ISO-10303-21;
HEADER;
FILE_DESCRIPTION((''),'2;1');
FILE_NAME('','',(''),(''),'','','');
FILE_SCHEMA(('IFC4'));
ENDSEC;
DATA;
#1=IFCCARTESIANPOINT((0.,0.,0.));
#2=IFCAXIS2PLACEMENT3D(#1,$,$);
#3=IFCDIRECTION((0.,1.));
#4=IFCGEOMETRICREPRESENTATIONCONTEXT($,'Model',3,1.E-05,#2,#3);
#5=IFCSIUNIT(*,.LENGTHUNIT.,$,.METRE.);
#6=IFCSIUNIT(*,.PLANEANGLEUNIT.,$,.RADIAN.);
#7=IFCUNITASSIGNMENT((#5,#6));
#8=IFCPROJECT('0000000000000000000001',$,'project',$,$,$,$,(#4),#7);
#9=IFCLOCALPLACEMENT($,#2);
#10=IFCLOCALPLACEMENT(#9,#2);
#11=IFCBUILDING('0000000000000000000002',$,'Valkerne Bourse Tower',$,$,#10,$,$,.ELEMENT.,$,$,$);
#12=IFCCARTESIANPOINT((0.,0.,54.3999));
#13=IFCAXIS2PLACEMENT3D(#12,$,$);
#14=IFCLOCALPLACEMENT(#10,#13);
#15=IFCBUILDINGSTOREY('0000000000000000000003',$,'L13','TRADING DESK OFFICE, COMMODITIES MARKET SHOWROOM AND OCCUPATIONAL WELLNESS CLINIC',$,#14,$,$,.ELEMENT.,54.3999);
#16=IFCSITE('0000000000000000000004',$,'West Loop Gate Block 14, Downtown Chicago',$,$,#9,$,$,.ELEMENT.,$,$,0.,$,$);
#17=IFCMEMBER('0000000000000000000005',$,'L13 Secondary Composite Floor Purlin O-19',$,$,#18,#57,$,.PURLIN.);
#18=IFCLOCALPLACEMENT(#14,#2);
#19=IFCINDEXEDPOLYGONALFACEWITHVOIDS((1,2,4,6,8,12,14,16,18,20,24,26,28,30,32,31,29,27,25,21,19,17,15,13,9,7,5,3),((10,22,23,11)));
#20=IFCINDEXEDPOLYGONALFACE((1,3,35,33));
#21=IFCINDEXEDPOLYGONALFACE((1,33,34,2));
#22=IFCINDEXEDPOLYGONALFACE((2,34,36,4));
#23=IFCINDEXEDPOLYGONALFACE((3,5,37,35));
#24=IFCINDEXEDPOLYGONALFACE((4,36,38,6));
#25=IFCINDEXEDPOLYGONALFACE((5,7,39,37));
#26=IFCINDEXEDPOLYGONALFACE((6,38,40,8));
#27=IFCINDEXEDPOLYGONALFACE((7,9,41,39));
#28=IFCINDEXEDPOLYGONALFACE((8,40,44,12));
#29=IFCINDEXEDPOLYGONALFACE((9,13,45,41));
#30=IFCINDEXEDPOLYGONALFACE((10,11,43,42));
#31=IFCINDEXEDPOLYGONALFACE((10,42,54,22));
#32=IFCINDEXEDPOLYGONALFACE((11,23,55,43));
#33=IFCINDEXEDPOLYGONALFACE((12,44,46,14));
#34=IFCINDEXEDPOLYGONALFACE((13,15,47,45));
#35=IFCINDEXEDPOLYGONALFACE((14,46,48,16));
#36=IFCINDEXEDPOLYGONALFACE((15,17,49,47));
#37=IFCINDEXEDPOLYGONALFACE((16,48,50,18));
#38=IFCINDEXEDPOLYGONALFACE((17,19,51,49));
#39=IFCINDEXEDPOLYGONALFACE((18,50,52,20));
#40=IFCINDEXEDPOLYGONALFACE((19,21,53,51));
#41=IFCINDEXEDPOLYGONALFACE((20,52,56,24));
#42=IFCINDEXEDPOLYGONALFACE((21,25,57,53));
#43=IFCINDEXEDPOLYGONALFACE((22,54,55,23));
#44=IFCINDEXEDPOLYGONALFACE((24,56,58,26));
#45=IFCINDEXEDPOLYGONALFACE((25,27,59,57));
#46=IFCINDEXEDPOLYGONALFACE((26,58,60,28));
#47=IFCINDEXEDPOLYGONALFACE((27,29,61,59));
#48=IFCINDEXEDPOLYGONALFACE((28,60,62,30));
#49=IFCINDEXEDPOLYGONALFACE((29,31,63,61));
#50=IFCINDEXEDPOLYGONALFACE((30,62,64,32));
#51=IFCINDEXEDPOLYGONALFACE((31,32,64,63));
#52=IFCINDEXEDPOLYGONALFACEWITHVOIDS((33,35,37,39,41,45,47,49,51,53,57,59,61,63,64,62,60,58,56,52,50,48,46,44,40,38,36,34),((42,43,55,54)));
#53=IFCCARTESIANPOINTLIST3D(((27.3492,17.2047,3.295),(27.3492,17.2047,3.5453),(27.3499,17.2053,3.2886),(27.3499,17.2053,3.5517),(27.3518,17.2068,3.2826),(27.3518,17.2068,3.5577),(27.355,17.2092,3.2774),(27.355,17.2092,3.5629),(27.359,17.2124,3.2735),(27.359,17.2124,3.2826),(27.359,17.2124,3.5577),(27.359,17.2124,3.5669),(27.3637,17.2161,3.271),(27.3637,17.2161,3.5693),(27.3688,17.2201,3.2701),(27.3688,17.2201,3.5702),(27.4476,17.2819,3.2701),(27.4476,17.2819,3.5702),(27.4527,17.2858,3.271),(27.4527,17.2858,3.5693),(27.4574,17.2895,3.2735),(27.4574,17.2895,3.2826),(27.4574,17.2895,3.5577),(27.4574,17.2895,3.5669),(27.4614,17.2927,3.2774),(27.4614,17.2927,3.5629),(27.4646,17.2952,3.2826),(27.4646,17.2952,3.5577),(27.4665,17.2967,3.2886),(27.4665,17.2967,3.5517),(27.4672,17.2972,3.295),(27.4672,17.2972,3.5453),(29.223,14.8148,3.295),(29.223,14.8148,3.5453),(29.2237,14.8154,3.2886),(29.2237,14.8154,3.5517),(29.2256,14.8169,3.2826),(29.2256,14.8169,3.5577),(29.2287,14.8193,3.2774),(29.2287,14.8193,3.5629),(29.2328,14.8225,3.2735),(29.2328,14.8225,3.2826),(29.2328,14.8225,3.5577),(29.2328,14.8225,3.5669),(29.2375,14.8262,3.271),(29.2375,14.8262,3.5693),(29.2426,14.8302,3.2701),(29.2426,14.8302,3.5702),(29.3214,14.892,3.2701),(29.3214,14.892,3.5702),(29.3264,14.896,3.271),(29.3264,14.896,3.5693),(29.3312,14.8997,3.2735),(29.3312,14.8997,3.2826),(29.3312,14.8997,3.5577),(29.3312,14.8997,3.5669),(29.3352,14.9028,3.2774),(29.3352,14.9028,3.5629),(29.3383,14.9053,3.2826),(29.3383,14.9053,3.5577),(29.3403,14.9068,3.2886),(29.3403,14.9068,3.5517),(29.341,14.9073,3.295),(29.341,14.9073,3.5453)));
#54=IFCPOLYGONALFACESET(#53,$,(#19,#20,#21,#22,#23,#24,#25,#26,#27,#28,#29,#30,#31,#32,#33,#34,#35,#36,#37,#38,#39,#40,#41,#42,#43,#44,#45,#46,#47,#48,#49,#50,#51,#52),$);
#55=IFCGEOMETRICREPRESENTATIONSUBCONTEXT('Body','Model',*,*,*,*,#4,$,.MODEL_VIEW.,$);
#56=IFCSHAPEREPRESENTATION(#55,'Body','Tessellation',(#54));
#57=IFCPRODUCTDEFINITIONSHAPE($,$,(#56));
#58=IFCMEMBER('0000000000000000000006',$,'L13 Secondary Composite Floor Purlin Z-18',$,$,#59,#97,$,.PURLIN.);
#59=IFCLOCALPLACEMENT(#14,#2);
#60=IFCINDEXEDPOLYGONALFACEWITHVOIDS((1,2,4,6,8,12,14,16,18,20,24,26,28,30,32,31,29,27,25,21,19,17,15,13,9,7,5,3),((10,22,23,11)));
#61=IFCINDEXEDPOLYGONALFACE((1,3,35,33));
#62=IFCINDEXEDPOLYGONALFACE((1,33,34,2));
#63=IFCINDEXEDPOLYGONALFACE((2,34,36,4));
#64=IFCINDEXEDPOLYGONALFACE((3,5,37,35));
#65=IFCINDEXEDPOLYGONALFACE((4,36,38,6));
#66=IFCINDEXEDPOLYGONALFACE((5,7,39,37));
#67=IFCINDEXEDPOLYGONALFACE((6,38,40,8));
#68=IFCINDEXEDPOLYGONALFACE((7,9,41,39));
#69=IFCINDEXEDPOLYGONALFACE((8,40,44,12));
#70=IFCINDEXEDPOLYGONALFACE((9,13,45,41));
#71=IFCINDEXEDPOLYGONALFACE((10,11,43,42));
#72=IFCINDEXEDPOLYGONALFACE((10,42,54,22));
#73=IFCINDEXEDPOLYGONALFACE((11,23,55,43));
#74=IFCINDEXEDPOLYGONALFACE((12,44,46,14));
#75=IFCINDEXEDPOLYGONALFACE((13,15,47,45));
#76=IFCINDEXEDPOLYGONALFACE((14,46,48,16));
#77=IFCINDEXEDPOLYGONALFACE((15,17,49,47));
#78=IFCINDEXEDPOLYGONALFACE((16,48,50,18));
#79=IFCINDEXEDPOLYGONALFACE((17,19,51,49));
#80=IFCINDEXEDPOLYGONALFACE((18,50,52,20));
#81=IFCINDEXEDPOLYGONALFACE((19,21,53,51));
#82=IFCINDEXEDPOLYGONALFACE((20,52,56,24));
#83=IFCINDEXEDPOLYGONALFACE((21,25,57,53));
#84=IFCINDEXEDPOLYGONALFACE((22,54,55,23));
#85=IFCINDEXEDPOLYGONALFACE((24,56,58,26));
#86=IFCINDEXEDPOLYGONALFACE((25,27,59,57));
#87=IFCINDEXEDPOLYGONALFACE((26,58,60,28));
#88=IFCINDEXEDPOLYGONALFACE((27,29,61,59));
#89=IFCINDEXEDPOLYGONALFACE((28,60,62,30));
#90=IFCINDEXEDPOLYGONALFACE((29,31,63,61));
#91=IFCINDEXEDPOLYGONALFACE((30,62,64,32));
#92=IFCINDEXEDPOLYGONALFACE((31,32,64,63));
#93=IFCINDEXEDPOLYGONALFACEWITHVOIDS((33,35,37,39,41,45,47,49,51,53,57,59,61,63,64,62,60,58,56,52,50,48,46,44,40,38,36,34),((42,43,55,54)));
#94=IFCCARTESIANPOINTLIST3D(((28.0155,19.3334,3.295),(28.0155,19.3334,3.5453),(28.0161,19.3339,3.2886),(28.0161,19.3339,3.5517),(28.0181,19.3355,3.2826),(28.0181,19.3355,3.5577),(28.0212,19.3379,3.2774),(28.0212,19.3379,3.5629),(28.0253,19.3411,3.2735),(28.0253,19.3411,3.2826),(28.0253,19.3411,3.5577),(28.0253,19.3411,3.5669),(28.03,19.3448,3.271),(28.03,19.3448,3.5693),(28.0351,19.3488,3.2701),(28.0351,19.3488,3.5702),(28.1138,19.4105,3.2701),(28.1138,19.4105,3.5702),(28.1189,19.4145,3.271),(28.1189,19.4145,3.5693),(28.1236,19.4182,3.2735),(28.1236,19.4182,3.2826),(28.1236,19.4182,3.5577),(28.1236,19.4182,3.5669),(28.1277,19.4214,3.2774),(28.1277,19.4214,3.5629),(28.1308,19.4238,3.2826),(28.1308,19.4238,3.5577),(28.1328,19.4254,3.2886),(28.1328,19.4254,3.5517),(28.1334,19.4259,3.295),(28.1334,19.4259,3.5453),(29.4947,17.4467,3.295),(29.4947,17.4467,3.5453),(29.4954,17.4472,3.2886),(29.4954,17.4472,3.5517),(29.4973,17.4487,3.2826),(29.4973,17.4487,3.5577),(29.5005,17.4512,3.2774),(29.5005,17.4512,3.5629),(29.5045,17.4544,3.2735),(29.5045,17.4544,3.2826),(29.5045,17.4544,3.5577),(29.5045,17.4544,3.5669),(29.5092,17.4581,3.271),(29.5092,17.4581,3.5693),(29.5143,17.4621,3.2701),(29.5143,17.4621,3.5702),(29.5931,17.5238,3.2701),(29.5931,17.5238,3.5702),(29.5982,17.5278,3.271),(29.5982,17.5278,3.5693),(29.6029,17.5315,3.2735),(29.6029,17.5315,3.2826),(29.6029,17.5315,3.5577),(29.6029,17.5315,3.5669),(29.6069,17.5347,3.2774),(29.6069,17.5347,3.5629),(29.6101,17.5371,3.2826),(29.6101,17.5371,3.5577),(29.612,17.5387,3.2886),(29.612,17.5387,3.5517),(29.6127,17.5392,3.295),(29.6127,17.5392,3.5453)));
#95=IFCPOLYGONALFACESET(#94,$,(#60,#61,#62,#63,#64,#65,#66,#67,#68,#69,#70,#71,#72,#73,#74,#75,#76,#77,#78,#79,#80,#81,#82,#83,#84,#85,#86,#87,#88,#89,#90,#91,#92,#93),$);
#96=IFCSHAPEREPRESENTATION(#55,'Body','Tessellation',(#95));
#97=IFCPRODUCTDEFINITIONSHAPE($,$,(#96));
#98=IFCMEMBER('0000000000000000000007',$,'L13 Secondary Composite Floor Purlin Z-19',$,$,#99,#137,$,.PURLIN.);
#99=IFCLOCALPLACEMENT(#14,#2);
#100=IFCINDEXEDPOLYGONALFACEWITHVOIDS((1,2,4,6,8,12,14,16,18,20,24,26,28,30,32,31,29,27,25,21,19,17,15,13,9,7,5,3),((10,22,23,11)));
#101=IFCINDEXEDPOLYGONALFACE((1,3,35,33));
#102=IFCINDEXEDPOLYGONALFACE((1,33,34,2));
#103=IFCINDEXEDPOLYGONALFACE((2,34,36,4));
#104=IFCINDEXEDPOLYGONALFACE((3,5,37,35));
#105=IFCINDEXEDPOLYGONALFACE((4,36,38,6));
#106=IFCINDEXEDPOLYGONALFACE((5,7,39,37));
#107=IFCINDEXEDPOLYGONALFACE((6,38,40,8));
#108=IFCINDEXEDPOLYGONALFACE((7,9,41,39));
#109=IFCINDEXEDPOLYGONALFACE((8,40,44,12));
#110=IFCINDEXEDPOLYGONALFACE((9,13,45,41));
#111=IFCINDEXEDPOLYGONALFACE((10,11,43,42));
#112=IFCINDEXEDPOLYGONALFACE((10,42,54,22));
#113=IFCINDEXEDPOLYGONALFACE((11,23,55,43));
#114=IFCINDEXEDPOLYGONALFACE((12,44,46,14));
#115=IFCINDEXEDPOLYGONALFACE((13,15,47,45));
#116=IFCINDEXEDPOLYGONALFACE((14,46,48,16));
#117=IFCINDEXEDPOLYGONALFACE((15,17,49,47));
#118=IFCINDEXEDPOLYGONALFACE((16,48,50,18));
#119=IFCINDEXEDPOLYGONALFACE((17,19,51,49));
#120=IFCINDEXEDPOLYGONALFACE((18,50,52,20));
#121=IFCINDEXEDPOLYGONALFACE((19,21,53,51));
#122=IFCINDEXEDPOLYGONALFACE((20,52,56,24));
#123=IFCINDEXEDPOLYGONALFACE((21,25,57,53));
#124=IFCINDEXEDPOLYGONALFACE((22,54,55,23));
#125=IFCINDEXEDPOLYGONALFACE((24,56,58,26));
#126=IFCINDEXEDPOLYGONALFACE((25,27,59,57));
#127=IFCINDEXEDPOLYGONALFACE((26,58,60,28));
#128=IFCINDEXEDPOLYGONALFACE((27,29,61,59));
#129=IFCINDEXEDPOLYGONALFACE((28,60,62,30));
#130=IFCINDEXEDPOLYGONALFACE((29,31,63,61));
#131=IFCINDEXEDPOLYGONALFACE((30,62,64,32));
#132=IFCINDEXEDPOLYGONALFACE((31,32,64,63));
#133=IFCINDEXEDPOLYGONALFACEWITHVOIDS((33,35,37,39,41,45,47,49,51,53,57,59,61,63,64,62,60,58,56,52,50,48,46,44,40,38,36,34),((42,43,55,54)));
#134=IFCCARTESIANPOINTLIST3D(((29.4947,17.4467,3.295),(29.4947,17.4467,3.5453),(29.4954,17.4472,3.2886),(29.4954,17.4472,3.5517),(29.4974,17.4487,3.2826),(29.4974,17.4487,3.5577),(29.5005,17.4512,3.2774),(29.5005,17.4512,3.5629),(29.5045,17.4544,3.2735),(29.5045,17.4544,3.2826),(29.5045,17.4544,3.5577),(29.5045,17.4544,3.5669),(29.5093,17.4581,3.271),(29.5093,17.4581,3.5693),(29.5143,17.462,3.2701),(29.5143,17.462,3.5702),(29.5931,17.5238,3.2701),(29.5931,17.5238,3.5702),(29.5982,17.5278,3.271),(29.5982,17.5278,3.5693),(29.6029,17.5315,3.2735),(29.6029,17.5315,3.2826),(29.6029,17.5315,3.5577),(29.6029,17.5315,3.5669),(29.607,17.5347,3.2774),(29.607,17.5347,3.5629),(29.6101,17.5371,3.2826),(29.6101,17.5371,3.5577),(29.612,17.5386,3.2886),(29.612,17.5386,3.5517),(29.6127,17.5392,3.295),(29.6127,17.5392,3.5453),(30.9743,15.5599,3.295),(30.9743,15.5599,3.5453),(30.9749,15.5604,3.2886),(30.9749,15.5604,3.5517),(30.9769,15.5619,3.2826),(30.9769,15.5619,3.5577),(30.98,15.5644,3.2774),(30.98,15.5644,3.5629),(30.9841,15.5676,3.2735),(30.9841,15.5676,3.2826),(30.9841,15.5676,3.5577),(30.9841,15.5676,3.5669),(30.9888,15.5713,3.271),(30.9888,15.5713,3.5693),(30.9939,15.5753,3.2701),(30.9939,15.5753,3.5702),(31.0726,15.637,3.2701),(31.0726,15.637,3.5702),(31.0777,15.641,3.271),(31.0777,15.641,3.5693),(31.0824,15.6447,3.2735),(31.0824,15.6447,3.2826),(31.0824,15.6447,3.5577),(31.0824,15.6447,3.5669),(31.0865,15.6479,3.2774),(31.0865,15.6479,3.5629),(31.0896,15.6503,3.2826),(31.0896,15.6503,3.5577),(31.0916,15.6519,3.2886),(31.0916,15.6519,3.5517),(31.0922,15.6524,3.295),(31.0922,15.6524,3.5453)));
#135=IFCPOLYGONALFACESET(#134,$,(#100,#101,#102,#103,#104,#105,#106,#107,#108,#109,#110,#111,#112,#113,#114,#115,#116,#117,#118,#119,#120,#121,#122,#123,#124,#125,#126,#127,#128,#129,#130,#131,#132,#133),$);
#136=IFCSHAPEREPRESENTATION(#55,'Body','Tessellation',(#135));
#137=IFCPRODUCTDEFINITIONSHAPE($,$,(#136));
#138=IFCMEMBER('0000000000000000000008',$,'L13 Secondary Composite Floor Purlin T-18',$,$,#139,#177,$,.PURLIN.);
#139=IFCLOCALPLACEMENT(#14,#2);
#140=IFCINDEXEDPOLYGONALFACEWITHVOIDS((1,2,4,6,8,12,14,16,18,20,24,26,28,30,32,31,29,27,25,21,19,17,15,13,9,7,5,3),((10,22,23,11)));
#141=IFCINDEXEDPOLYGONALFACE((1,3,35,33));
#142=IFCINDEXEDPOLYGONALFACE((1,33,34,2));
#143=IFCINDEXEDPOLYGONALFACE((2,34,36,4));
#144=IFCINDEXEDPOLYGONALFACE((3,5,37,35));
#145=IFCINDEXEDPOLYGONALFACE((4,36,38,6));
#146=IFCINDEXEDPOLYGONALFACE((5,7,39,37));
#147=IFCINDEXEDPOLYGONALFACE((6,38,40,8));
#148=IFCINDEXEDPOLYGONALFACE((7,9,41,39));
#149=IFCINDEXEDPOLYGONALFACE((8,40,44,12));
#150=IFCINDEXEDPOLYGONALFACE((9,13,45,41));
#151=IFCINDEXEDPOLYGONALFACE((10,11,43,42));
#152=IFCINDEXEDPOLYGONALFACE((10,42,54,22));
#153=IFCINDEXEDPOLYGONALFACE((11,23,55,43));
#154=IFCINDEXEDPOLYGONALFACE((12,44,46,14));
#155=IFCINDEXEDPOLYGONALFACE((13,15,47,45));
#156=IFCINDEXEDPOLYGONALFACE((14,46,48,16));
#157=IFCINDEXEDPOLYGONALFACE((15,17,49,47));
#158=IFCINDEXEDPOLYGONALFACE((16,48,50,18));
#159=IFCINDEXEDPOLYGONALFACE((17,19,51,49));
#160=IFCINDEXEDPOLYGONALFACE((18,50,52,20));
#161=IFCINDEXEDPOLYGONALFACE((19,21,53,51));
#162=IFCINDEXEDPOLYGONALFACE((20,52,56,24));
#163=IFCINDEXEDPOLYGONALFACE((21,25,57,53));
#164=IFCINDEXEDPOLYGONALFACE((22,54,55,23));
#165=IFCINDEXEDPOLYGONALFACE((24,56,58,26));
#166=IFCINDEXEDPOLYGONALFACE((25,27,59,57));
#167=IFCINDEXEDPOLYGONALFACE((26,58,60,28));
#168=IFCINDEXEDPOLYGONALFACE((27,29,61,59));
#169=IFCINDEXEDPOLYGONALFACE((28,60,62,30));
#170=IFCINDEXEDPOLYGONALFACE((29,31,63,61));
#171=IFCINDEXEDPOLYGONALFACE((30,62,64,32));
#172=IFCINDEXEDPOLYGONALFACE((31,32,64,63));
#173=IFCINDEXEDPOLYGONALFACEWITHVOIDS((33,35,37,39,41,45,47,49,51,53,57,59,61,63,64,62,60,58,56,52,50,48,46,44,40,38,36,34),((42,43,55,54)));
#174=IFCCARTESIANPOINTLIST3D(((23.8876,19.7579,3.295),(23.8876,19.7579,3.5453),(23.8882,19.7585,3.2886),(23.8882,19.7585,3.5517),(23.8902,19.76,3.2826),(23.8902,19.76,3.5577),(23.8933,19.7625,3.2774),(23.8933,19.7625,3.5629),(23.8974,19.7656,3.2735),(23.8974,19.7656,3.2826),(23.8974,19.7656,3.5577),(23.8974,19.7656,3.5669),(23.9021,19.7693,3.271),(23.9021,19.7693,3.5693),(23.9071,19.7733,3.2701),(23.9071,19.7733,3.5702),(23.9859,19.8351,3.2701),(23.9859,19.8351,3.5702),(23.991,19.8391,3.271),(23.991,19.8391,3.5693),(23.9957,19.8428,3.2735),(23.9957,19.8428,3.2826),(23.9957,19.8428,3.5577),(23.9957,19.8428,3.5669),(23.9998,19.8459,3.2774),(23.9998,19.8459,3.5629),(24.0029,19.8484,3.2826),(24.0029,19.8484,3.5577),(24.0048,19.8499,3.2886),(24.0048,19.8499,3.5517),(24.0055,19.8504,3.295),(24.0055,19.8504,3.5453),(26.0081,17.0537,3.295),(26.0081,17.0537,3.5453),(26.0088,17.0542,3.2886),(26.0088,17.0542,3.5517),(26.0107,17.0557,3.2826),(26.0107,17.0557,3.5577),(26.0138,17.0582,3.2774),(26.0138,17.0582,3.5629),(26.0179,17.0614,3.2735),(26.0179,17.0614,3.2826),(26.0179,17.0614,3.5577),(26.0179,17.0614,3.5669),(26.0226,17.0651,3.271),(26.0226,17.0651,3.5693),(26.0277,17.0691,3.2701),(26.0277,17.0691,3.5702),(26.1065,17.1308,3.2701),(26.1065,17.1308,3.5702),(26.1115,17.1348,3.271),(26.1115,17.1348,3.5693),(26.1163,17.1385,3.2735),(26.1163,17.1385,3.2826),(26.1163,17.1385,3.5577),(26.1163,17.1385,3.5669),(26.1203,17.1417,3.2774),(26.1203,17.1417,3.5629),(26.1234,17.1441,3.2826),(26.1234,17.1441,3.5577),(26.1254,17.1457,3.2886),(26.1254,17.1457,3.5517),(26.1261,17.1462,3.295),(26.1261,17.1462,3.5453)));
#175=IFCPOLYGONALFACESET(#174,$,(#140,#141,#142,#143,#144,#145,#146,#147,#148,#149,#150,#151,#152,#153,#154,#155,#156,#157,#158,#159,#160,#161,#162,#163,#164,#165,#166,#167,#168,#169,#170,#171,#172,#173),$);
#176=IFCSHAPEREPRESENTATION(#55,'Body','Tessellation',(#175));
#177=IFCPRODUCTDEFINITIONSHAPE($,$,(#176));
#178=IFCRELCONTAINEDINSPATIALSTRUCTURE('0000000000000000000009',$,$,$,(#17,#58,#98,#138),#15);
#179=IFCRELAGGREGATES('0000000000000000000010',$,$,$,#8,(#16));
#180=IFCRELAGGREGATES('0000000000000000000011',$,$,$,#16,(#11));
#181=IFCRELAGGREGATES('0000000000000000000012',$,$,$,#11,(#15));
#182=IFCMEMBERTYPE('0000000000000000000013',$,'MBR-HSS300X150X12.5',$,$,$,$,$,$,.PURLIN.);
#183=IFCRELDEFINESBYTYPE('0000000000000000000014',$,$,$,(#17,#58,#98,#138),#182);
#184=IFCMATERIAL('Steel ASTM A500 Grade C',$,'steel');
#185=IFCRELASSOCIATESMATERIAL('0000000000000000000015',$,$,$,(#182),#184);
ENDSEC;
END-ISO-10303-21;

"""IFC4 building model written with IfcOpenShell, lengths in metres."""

from ifc_helpers import new_model, si_unit, direction, frame, origin, origin_2d, place, context, subcontext, project, spatial, hollow_rectangle, extrude, material, material_profile, profile_set, type_object, element, save


model = new_model("IFC4")

# Units and contexts
model_context = context("Model", 3, precision=1e-05, world=origin(), true_north=direction((0.0, 1.0)))
body_context = subcontext(model_context, "Body", "Model", "MODEL_VIEW")
ifc_project = project(units=[si_unit("LENGTHUNIT", "METRE"), si_unit("PLANEANGLEUNIT", "RADIAN")], contexts=[model_context])

# Site, building, storey
site_placement = place(None, origin())
site = spatial("IfcSite", under=ifc_project, at=site_placement, Name="West Loop Gate Block 14, Downtown Chicago", CompositionType="ELEMENT", RefElevation=0.0)
building_placement = place(site_placement, origin())
building = spatial("IfcBuilding", under=site, at=building_placement, Name="Valkerne Bourse Tower", CompositionType="ELEMENT")
storey_placement = place(building_placement, frame((0.0, 0.0, 54.3999)))
storey = spatial("IfcBuildingStorey", under=building, at=storey_placement, Name="L13", Description="TRADING DESK OFFICE, COMMODITIES MARKET SHOWROOM AND OCCUPATIONAL WELLNESS CLINIC", CompositionType="ELEMENT", Elevation=54.3999)

# Members
ifc_material_1 = material(Name="Steel ASTM A500 Grade C", Category="steel")
ifc_material_profile_1 = material_profile(ifc_material_1, hollow_rectangle(XDim=0.1499, YDim=0.3, WallThickness=0.0125, OuterFilletRadius=0.0249, at=origin_2d()), Name="HSS300X150X12.5")
ifc_profile_set_1 = profile_set([ifc_material_profile_1], Name="Steel ASTM A500 Grade C")
member_type_1 = type_object("IfcMemberType", Name="MBR-HSS300X150X12.5", PredefinedType="PURLIN", material=ifc_profile_set_1)
member_1_placement = place(storey_placement, frame((27.4082, 17.251, 3.4202), z_axis=(0.617008, -0.786957, 0.0), x_axis=(0.786957, 0.617008, 0.0)))
element("IfcMember", 1, at=member_1_placement, inside=storey, type_object=member_type_1, Name="L13 Secondary Composite Floor Purlin O-19", PredefinedType="PURLIN", context=body_context, shape_type="SweptSolid", body=[
    extrude(hollow_rectangle(XDim=0.1499, YDim=0.3, WallThickness=0.0125, OuterFilletRadius=0.0249, at=origin_2d()), origin(), (0.0, 0.0, 1.0), 3.0369),
])
member_2_placement = place(storey_placement, frame((28.0745, 19.3796, 3.4202), z_axis=(0.617003, -0.786961, 0.0), x_axis=(0.786961, 0.617003, 0.0)))
element("IfcMember", 2, at=member_2_placement, inside=storey, type_object=member_type_1, Name="L13 Secondary Composite Floor Purlin Z-18", PredefinedType="PURLIN", context=body_context, shape_type="SweptSolid", body=[
    extrude(hollow_rectangle(XDim=0.1499, YDim=0.3, WallThickness=0.0125, OuterFilletRadius=0.0249, at=origin_2d()), origin(), (0.0, 0.0, 1.0), 2.3975),
])
member_3_placement = place(storey_placement, frame((29.5537, 17.4929, 3.4202), z_axis=(0.617066, -0.786912, 0.0), x_axis=(0.786912, 0.617066, 0.0)))
element("IfcMember", 3, at=member_3_placement, inside=storey, type_object=member_type_1, Name="L13 Secondary Composite Floor Purlin Z-19", PredefinedType="PURLIN", context=body_context, shape_type="SweptSolid", body=[
    extrude(hollow_rectangle(XDim=0.1499, YDim=0.3, WallThickness=0.0125, OuterFilletRadius=0.0249, at=origin_2d()), origin(), (0.0, 0.0, 1.0), 2.3977),
])
for number, where, z_axis, x_axis, name in (
    (4, (23.9465, 19.8042, 3.4202), (0.617059, -0.786917, 0.0), (0.786917, 0.617059, 0.0), "L13 Secondary Composite Floor Purlin T-18"),
):
    element("IfcMember", number, at=place(storey_placement, frame(where, z_axis=z_axis, x_axis=x_axis)), inside=storey, type_object=member_type_1, Name=name, PredefinedType="PURLIN", context=body_context, shape_type="SweptSolid", body=[
        extrude(hollow_rectangle(XDim=0.1499, YDim=0.3, WallThickness=0.0125, OuterFilletRadius=0.0249, at=origin_2d()), origin(), (0.0, 0.0, 1.0), 3.4365),
    ])

save(model, "model.ifc")
